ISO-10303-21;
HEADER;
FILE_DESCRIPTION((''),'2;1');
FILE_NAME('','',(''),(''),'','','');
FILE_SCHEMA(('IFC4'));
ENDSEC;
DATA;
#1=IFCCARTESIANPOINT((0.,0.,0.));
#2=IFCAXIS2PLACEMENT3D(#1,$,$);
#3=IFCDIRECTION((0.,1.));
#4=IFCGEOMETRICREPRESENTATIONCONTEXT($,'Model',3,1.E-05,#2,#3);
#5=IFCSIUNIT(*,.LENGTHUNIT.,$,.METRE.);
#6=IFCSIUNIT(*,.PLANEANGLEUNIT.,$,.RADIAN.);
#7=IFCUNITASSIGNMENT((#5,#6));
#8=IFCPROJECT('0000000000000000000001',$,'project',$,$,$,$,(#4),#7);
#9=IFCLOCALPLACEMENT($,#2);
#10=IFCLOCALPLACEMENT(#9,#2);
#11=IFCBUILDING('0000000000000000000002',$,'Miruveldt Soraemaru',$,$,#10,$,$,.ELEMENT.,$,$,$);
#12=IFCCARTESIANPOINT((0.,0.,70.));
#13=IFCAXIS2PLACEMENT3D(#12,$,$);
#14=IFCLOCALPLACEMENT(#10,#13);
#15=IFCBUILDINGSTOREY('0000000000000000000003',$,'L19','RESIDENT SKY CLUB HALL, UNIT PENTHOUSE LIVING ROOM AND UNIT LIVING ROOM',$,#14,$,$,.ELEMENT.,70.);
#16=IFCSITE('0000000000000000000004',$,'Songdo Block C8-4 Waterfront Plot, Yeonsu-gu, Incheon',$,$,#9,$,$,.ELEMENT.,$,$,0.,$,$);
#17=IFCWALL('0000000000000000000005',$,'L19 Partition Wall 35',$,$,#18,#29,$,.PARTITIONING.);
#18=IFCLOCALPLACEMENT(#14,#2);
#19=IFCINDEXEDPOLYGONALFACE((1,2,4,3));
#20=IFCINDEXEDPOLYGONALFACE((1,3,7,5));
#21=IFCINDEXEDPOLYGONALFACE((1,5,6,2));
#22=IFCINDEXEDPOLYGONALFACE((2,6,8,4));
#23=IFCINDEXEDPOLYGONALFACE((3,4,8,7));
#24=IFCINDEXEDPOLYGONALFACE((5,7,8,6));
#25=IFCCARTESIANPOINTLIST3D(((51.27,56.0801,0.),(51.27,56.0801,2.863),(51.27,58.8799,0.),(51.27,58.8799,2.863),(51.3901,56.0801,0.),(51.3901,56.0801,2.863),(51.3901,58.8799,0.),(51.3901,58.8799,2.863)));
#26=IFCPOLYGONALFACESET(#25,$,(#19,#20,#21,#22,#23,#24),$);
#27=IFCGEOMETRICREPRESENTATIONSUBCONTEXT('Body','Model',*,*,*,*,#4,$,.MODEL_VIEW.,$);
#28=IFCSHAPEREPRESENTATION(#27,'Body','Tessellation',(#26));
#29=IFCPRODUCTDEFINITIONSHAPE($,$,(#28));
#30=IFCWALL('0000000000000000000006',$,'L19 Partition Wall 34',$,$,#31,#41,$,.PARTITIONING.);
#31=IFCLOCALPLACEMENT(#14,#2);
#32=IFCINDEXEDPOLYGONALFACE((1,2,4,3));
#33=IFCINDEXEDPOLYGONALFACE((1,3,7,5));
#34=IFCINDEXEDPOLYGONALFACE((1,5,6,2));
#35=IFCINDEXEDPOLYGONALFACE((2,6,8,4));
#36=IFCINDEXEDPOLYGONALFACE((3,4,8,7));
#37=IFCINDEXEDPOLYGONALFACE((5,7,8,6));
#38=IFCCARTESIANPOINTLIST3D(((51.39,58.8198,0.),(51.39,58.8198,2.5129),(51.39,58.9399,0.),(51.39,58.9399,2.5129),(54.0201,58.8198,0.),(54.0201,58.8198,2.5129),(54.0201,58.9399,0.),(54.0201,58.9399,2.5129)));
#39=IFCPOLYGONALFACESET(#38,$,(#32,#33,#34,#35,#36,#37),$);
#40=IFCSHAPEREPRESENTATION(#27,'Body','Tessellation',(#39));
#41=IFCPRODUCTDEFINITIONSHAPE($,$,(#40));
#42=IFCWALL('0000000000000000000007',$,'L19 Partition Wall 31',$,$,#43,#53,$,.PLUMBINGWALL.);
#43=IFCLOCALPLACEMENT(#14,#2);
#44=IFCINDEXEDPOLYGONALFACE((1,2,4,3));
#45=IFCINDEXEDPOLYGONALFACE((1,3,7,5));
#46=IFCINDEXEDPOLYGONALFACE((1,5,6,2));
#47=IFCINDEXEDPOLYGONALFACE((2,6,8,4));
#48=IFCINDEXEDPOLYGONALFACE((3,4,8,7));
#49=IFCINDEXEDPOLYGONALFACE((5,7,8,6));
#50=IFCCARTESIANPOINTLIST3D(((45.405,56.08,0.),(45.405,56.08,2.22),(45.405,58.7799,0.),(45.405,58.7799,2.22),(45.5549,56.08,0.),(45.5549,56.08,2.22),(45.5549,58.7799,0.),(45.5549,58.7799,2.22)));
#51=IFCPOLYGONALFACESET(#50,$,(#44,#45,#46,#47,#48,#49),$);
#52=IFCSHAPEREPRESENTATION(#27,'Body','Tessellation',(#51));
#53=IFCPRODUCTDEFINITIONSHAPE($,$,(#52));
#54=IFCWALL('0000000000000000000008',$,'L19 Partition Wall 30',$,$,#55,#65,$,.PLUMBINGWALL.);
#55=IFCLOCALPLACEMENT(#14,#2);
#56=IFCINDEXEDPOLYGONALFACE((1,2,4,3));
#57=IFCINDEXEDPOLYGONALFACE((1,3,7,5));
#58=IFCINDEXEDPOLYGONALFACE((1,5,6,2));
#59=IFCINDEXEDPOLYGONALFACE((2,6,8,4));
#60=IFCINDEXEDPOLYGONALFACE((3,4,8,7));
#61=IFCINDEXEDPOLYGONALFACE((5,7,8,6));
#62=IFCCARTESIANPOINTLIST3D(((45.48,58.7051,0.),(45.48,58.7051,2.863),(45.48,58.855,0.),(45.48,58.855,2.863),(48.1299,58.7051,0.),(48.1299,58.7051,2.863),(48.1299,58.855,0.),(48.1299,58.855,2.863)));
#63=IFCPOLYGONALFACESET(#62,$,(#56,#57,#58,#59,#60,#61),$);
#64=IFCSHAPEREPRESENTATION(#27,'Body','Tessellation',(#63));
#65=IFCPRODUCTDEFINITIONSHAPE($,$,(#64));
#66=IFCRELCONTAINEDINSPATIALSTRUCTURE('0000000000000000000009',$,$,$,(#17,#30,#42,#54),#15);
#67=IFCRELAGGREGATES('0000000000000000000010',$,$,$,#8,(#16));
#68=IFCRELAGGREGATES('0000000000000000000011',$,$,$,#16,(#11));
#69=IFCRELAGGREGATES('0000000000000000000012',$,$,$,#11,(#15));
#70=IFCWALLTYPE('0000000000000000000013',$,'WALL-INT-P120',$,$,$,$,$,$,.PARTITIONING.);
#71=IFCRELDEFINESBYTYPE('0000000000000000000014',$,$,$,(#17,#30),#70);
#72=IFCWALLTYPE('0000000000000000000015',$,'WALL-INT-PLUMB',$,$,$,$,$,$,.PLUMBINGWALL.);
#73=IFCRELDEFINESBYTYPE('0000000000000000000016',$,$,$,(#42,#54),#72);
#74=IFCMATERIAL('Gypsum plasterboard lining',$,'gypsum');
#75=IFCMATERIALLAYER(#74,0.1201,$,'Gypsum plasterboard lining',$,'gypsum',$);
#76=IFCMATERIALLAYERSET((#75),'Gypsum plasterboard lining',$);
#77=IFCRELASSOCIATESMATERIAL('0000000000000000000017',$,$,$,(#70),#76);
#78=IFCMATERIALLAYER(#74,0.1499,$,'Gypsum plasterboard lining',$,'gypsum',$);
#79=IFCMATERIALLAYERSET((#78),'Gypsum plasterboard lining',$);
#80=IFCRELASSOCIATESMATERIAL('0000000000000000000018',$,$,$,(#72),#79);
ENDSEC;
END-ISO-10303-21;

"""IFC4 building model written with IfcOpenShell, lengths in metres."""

from ifc_helpers import new_model, si_unit, direction, frame, frame_2d, origin, place, context, subcontext, project, spatial, rectangle, extrude, material, layer, layer_set, type_object, element, save


model = new_model("IFC4")

# Units and contexts
model_context = context("Model", 3, precision=1e-05, world=origin(), true_north=direction((0.0, 1.0)))
body_context = subcontext(model_context, "Body", "Model", "MODEL_VIEW")
ifc_project = project(units=[si_unit("LENGTHUNIT", "METRE"), si_unit("PLANEANGLEUNIT", "RADIAN")], contexts=[model_context])

# Site, building, storey
site_placement = place(None, origin())
site = spatial("IfcSite", under=ifc_project, at=site_placement, Name="Songdo Block C8-4 Waterfront Plot, Yeonsu-gu, Incheon", CompositionType="ELEMENT", RefElevation=0.0)
building_placement = place(site_placement, origin())
building = spatial("IfcBuilding", under=site, at=building_placement, Name="Miruveldt Soraemaru", CompositionType="ELEMENT")
storey_placement = place(building_placement, frame((0.0, 0.0, 70.0)))
storey = spatial("IfcBuildingStorey", under=building, at=storey_placement, Name="L19", Description="RESIDENT SKY CLUB HALL, UNIT PENTHOUSE LIVING ROOM AND UNIT LIVING ROOM", CompositionType="ELEMENT", Elevation=70.0)

# Shared definitions
ifc_material_1 = material(Name="Gypsum plasterboard lining", Category="gypsum")
ifc_layer_1 = layer(ifc_material_1, 0.1201, Name="Gypsum plasterboard lining", Category="gypsum")
ifc_layer_set_1 = layer_set([ifc_layer_1], Name="Gypsum plasterboard lining")
wall_type_1 = type_object("IfcWallType", Name="WALL-INT-P120", PredefinedType="PARTITIONING", material=ifc_layer_set_1)

# Walls
wall_1_placement = place(storey_placement, frame((51.3301, 58.8799, 0.0), z_axis=(0.0, 0.0, 1.0), x_axis=(0.0, -1.0, 0.0)))
element("IfcWall", 1, at=wall_1_placement, inside=storey, type_object=wall_type_1, Name="L19 Partition Wall 35", PredefinedType="PARTITIONING", context=body_context, shape_type="SweptSolid", body=[
    extrude(rectangle(XDim=2.7998, YDim=0.1201, at=frame_2d((1.3999, 0.0))), origin(), (0.0, 0.0, 1.0), 2.863),
])
wall_2_placement = place(storey_placement, frame((54.02, 58.8799, 0.0), z_axis=(0.0, 0.0, 1.0), x_axis=(-1.0, 0.0, 0.0)))
element("IfcWall", 2, at=wall_2_placement, inside=storey, type_object=wall_type_1, Name="L19 Partition Wall 34", PredefinedType="PARTITIONING", context=body_context, shape_type="SweptSolid", body=[
    extrude(rectangle(XDim=2.6301, YDim=0.1201, at=frame_2d((1.3149, 0.0))), origin(), (0.0, 0.0, 1.0), 2.5129),
])
ifc_layer_2 = layer(ifc_material_1, 0.1499, Name="Gypsum plasterboard lining", Category="gypsum")
ifc_layer_set_2 = layer_set([ifc_layer_2], Name="Gypsum plasterboard lining")
wall_type_2 = type_object("IfcWallType", Name="WALL-INT-PLUMB", PredefinedType="PLUMBINGWALL", material=ifc_layer_set_2)
wall_3_placement = place(storey_placement, frame((45.48, 58.78, 0.0), z_axis=(0.0, 0.0, 1.0), x_axis=(0.0, -1.0, 0.0)))
element("IfcWall", 3, at=wall_3_placement, inside=storey, type_object=wall_type_2, Name="L19 Partition Wall 31", PredefinedType="PLUMBINGWALL", context=body_context, shape_type="SweptSolid", body=[
    extrude(rectangle(XDim=2.7, YDim=0.1499, at=frame_2d((1.3501, 0.0))), origin(), (0.0, 0.0, 1.0), 2.22),
])
wall_4_placement = place(storey_placement, frame((48.1299, 58.78, 0.0), z_axis=(0.0, 0.0, 1.0), x_axis=(-1.0, 0.0, 0.0)))
element("IfcWall", 4, at=wall_4_placement, inside=storey, type_object=wall_type_2, Name="L19 Partition Wall 30", PredefinedType="PLUMBINGWALL", context=body_context, shape_type="SweptSolid", body=[
    extrude(rectangle(XDim=2.6499, YDim=0.1499, at=frame_2d((1.325, 0.0))), origin(), (0.0, 0.0, 1.0), 2.863),
])

save(model, "model.ifc")
